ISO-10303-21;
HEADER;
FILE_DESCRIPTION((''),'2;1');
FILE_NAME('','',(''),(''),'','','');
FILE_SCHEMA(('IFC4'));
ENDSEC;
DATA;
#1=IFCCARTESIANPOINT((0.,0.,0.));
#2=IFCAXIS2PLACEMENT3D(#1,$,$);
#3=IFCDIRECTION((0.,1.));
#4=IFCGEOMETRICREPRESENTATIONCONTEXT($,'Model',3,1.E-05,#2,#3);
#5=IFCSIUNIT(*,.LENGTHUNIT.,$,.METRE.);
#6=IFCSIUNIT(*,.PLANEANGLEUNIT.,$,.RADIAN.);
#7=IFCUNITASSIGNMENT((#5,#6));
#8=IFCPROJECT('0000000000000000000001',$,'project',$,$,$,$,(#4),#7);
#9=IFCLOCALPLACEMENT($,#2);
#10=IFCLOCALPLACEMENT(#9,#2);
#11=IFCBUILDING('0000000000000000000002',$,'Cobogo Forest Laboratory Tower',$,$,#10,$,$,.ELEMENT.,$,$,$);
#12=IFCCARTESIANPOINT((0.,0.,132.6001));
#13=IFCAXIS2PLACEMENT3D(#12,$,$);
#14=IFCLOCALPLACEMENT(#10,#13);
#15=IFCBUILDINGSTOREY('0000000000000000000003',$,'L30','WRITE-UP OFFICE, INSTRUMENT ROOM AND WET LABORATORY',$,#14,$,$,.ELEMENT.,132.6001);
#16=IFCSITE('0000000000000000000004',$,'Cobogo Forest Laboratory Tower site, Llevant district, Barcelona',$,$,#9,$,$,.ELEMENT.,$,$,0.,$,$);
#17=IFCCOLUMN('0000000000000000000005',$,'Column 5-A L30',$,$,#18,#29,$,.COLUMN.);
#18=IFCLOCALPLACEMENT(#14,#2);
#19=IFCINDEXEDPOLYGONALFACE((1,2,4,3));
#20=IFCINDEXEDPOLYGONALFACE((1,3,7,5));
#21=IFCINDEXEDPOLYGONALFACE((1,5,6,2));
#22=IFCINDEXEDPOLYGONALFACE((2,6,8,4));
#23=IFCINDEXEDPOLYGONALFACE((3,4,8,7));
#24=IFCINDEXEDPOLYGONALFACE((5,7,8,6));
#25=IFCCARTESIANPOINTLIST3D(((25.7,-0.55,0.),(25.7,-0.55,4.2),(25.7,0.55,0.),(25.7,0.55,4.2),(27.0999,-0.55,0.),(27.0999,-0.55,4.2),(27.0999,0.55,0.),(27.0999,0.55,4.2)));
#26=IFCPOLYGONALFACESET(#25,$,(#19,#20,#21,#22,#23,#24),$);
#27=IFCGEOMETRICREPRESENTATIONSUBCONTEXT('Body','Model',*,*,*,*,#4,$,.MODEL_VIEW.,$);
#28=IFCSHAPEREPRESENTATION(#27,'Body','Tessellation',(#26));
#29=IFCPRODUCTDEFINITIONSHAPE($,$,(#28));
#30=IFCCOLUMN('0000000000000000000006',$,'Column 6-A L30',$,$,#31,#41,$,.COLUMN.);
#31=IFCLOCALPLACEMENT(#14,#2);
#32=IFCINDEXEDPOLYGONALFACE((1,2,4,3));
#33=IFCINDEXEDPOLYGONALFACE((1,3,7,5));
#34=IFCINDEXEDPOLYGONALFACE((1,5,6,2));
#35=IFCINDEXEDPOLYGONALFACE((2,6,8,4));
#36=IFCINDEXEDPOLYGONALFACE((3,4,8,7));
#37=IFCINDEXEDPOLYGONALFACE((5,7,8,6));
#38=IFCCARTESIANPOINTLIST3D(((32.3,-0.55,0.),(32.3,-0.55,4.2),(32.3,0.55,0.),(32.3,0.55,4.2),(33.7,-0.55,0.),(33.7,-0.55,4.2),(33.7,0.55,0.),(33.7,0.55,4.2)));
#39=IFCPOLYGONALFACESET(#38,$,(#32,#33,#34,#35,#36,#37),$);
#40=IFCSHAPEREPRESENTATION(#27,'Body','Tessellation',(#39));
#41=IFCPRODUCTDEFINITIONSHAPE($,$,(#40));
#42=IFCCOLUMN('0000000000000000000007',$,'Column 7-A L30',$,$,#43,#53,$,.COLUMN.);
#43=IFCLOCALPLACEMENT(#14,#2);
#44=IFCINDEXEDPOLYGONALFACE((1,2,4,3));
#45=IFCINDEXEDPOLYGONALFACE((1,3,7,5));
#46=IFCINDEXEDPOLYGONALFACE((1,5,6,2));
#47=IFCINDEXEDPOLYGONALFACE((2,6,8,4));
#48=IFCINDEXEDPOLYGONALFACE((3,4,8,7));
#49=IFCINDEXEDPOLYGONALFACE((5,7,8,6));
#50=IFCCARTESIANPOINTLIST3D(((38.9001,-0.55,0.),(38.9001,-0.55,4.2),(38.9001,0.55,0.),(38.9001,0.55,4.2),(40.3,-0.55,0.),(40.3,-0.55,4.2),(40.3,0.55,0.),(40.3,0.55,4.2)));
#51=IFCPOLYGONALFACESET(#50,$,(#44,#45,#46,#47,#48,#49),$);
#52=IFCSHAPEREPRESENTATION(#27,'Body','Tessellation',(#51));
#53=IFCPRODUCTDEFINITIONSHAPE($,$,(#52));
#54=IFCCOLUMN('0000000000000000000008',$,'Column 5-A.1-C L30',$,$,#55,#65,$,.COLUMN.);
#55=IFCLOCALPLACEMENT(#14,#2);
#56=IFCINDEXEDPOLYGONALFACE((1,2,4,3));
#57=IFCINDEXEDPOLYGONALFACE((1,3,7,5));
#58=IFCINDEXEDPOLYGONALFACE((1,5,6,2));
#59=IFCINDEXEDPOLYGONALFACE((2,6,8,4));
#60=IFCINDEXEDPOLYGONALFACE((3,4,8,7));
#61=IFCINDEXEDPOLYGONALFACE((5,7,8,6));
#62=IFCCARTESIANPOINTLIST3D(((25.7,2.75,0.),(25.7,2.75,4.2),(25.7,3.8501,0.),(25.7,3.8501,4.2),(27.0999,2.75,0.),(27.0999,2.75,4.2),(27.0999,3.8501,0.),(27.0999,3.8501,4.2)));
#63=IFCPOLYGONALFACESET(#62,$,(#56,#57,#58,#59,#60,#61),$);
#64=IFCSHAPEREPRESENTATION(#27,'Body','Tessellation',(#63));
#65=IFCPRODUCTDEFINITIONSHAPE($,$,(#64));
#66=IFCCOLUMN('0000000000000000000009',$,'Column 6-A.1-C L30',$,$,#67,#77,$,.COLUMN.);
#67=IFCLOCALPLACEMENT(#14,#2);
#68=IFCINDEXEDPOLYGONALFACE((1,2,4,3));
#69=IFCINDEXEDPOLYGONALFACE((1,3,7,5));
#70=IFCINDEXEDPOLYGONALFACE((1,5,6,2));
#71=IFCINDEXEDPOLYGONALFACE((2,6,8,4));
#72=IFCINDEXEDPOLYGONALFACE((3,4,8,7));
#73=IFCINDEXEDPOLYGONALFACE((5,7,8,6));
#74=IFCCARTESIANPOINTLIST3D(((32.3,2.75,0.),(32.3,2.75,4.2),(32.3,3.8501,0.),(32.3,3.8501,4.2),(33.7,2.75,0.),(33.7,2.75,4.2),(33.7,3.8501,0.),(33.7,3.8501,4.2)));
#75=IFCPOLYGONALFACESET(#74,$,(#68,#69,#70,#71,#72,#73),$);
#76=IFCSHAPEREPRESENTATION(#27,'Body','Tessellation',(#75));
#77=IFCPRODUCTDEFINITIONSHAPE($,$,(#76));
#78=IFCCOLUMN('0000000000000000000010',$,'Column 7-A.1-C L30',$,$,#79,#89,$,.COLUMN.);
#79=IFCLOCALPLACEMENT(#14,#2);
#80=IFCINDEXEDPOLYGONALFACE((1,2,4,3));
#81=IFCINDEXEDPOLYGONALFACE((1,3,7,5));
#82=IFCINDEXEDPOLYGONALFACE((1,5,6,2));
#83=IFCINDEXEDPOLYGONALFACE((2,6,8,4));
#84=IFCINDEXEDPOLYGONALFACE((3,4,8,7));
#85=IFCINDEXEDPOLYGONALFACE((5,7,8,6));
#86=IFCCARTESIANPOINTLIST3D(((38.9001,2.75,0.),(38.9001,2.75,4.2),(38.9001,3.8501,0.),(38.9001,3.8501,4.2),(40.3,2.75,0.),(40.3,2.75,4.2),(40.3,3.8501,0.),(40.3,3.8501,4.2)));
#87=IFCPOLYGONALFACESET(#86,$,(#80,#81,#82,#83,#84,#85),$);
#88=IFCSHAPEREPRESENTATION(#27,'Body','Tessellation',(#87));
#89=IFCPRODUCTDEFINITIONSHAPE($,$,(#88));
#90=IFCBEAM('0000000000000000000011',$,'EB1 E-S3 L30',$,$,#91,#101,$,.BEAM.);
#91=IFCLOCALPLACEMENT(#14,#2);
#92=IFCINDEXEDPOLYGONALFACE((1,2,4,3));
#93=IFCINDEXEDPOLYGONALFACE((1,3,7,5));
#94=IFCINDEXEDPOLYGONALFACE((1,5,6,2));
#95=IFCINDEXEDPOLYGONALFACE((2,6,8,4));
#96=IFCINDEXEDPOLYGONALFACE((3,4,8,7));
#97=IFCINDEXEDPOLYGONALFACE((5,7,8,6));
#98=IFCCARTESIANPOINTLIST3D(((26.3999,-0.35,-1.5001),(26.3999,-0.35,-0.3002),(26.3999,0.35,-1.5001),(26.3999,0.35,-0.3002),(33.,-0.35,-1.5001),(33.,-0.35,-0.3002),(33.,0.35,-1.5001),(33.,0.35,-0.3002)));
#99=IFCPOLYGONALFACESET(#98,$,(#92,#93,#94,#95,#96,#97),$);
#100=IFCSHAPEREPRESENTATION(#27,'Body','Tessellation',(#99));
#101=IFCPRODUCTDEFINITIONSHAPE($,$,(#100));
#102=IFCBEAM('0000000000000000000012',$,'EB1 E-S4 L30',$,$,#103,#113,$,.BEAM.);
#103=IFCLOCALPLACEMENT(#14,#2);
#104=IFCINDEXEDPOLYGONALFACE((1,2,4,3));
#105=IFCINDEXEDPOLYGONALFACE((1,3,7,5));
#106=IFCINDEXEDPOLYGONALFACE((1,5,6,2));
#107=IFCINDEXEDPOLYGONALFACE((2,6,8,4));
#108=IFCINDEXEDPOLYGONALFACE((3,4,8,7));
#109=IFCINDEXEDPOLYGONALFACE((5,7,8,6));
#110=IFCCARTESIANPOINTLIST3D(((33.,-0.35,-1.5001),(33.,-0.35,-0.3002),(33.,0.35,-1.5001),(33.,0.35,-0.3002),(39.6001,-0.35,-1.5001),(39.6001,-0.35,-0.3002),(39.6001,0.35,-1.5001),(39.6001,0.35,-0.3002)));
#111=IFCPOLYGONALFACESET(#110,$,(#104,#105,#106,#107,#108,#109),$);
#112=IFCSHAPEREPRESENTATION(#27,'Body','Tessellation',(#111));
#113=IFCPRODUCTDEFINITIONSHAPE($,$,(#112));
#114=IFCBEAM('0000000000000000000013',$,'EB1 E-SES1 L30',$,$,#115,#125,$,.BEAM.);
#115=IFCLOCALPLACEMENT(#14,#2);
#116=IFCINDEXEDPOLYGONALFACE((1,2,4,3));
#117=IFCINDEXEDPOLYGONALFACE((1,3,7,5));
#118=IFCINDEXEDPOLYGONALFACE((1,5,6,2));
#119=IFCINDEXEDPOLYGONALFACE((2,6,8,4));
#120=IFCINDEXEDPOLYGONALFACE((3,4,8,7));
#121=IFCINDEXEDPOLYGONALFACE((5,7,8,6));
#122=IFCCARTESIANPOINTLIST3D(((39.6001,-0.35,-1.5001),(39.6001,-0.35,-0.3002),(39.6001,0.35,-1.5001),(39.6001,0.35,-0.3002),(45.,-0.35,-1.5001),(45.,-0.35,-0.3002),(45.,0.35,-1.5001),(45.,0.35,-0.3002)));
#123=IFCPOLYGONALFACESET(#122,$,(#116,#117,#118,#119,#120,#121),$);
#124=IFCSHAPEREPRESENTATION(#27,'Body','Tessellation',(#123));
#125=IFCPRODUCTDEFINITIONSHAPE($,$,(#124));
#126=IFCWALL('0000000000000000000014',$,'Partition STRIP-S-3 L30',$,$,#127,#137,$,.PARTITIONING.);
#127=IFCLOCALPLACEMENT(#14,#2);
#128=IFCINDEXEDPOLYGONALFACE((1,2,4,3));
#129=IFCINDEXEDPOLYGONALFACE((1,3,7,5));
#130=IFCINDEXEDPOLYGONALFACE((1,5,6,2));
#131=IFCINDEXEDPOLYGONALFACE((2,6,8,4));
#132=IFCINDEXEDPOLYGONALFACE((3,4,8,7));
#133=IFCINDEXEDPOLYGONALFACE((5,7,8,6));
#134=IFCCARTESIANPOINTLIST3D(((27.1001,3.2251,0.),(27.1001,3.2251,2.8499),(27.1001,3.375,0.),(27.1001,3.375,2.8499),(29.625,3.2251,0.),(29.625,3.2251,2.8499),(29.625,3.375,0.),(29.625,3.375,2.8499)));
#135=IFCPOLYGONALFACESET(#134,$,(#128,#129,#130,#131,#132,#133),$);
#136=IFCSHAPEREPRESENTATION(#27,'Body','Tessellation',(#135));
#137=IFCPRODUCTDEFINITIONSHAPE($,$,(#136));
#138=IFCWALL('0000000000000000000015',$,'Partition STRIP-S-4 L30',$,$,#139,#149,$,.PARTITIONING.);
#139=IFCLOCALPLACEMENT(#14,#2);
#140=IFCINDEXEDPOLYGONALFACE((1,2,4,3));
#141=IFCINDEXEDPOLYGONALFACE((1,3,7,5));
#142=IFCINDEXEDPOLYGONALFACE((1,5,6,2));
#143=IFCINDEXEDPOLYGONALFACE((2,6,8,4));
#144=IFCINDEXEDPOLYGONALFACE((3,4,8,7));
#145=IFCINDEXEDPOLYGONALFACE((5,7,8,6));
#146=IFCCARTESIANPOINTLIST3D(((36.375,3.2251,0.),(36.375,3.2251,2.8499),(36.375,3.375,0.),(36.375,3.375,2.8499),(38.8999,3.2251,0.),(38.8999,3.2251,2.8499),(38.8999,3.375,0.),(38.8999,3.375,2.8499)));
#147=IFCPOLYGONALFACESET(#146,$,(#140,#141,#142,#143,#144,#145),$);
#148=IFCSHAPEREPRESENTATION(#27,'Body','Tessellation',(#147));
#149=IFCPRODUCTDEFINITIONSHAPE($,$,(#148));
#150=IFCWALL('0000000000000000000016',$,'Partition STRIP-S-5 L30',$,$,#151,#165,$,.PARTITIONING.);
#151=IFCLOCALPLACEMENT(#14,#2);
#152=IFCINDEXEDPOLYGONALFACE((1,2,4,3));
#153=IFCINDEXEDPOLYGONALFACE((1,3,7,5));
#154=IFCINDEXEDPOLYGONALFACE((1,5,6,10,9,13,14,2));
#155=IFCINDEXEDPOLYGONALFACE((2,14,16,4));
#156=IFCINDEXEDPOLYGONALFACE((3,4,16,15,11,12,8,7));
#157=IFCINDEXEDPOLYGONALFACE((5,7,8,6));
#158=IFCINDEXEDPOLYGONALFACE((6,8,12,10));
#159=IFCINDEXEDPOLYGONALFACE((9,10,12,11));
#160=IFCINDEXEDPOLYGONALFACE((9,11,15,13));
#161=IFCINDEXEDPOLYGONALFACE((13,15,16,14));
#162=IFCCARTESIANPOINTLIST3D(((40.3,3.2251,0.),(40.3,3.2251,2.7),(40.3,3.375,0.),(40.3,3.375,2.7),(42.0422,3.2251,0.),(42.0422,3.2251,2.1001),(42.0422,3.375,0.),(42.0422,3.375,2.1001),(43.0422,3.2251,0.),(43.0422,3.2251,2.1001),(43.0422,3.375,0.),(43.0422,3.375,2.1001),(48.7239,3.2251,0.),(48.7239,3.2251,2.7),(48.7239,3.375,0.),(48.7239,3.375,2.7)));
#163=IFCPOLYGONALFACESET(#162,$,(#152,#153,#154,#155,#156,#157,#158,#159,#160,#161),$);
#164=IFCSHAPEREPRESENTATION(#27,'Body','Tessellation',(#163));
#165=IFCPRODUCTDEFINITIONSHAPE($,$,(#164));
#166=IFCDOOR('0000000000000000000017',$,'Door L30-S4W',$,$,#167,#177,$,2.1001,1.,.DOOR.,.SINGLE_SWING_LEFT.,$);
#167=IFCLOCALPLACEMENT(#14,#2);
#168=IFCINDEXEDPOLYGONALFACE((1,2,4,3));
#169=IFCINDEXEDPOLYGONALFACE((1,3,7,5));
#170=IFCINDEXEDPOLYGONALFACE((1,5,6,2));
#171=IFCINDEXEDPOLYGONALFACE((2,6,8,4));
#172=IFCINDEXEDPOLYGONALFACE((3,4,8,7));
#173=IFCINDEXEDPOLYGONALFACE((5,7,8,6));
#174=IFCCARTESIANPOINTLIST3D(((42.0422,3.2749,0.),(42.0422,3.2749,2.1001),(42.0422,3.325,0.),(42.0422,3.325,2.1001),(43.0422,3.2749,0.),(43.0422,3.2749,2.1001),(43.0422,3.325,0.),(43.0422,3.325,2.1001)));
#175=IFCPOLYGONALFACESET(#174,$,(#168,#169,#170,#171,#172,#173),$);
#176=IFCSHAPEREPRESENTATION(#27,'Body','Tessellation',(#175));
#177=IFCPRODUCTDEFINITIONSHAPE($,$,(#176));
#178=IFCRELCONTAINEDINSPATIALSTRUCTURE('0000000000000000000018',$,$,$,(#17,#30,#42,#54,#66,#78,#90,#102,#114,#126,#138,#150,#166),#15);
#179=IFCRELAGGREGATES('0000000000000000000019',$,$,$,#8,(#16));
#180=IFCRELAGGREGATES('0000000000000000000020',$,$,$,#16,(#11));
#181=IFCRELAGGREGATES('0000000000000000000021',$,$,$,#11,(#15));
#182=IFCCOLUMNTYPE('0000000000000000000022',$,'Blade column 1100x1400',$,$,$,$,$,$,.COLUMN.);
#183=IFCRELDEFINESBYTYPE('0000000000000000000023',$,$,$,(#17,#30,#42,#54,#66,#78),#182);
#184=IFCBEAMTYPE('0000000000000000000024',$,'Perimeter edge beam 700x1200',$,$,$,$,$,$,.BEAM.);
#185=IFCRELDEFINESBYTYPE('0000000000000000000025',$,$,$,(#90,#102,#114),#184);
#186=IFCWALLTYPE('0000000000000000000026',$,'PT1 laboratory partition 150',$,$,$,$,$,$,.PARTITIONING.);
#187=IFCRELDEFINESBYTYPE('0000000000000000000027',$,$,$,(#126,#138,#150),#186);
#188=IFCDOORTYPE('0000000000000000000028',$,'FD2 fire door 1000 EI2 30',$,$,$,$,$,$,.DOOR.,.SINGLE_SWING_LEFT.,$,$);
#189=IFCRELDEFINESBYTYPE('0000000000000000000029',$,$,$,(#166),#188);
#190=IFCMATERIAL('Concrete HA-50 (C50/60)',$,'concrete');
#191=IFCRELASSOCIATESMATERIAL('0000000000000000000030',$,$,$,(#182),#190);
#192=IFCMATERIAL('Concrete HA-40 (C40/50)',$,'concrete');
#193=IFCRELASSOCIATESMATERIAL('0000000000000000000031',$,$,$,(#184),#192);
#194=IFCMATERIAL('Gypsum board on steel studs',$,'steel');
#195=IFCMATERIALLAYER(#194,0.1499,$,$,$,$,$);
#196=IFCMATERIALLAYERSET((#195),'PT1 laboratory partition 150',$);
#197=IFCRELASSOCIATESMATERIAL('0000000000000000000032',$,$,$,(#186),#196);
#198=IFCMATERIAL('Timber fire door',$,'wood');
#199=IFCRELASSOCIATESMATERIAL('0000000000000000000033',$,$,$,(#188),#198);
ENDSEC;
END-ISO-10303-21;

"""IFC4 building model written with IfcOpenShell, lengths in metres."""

from ifc_helpers import new_model, si_unit, direction, frame, frame_2d, origin, origin_2d, place, context, subcontext, project, spatial, rectangle, extrude, material, layer, layer_set, material_profile, profile_set, type_object, element, fill, save


model = new_model("IFC4")

# Units and contexts
model_context = context("Model", 3, precision=1e-05, world=origin(), true_north=direction((0.0, 1.0)))
body_context = subcontext(model_context, "Body", "Model", "MODEL_VIEW")
ifc_project = project(units=[si_unit("LENGTHUNIT", "METRE"), si_unit("PLANEANGLEUNIT", "RADIAN")], contexts=[model_context])

# Site, building, storey
site_placement = place(None, origin())
site = spatial("IfcSite", under=ifc_project, at=site_placement, Name="Cobogo Forest Laboratory Tower site, Llevant district, Barcelona", CompositionType="ELEMENT", RefElevation=0.0)
building_placement = place(site_placement, origin())
building = spatial("IfcBuilding", under=site, at=building_placement, Name="Cobogo Forest Laboratory Tower", CompositionType="ELEMENT")
storey_placement = place(building_placement, frame((0.0, 0.0, 132.6001)))
storey = spatial("IfcBuildingStorey", under=building, at=storey_placement, Name="L30", Description="WRITE-UP OFFICE, INSTRUMENT ROOM AND WET LABORATORY", CompositionType="ELEMENT", Elevation=132.6001)

# Columns
ifc_material_1 = material(Name="Concrete HA-50 (C50/60)", Category="concrete")
ifc_material_profile_1 = material_profile(ifc_material_1, rectangle(XDim=1.3999, YDim=1.1001, at=origin_2d()), Name="RC 1100x1400")
ifc_profile_set_1 = profile_set([ifc_material_profile_1], Name="Concrete HA-50 (C50/60)")
column_type = type_object("IfcColumnType", Name="Blade column 1100x1400", PredefinedType="COLUMN", material=ifc_profile_set_1)
for number, where, z_axis, x_axis, name in (
    (1, (26.3999, 0.0, 0.0), (0.0, 0.0, 1.0), (1.0, 0.0, 0.0), "Column 5-A L30"),
    (2, (33.0, 0.0, 0.0), (0.0, 0.0, 1.0), (1.0, 0.0, 0.0), "Column 6-A L30"),
    (3, (39.6001, 0.0, 0.0), (0.0, 0.0, 1.0), (1.0, 0.0, 0.0), "Column 7-A L30"),
    (4, (26.3999, 3.3, 0.0), (0.0, 0.0, 1.0), (1.0, 0.0, 0.0), "Column 5-A.1-C L30"),
    (5, (33.0, 3.3, 0.0), (0.0, 0.0, 1.0), (1.0, 0.0, 0.0), "Column 6-A.1-C L30"),
    (6, (39.6001, 3.3, 0.0), (0.0, 0.0, 1.0), (1.0, 0.0, 0.0), "Column 7-A.1-C L30"),
):
    element("IfcColumn", number, at=place(storey_placement, frame(where, z_axis=z_axis, x_axis=x_axis)), inside=storey, type_object=column_type, Name=name, PredefinedType="COLUMN", context=body_context, shape_type="SweptSolid", body=[
        extrude(rectangle(XDim=1.3999, YDim=1.1001, at=origin_2d()), origin(), (0.0, 0.0, 1.0), 4.2),
    ])

# Beams
ifc_material_2 = material(Name="Concrete HA-40 (C40/50)", Category="concrete")
ifc_material_profile_2 = material_profile(ifc_material_2, rectangle(XDim=0.7, YDim=1.2, at=origin_2d()), Name="RC 700x1200")
ifc_profile_set_2 = profile_set([ifc_material_profile_2], Name="Concrete HA-40 (C40/50)")
beam_type = type_object("IfcBeamType", Name="Perimeter edge beam 700x1200", PredefinedType="BEAM", material=ifc_profile_set_2)
for number, where, z_axis, x_axis, name in (
    (7, (26.3999, 0.0, -0.9001), (1.0, 0.0, 0.0), (0.0, 1.0, 0.0), "EB1 E-S3 L30"),
    (8, (33.0, 0.0, -0.9001), (1.0, 0.0, 0.0), (0.0, 1.0, 0.0), "EB1 E-S4 L30"),
):
    element("IfcBeam", number, at=place(storey_placement, frame(where, z_axis=z_axis, x_axis=x_axis)), inside=storey, type_object=beam_type, Name=name, PredefinedType="BEAM", context=body_context, shape_type="SweptSolid", body=[
        extrude(rectangle(XDim=0.7, YDim=1.2, at=origin_2d()), origin(), (0.0, 0.0, 1.0), 6.6001),
    ])
beam_placement = place(storey_placement, frame((39.6001, 0.0, -0.9001), z_axis=(1.0, 0.0, 0.0), x_axis=(0.0, 1.0, 0.0)))
element("IfcBeam", 9, at=beam_placement, inside=storey, type_object=beam_type, Name="EB1 E-SES1 L30", PredefinedType="BEAM", context=body_context, shape_type="SweptSolid", body=[
    extrude(rectangle(XDim=0.7, YDim=1.2, at=origin_2d()), origin(), (0.0, 0.0, 1.0), 5.3999),
])

# Walls
ifc_material_3 = material(Name="Gypsum board on steel studs", Category="steel")
ifc_layer = layer(ifc_material_3, 0.1499)
ifc_layer_set = layer_set([ifc_layer], Name="PT1 laboratory partition 150")
wall_type = type_object("IfcWallType", Name="PT1 laboratory partition 150", PredefinedType="PARTITIONING", material=ifc_layer_set)
for number, where, z_axis, x_axis, name in (
    (10, (27.1001, 3.3, 0.0), (0.0, 0.0, 1.0), (1.0, 0.0, 0.0), "Partition STRIP-S-3 L30"),
    (11, (36.375, 3.3, 0.0), (0.0, 0.0, 1.0), (1.0, 0.0, 0.0), "Partition STRIP-S-4 L30"),
):
    element("IfcWall", number, at=place(storey_placement, frame(where, z_axis=z_axis, x_axis=x_axis)), inside=storey, type_object=wall_type, Name=name, PredefinedType="PARTITIONING", context=body_context, shape_type="SweptSolid", body=[
        extrude(rectangle(XDim=2.5249, YDim=0.1499, at=frame_2d((1.2625, 0.0))), origin(), (0.0, 0.0, 1.0), 2.8499),
    ])

# Wall, opening, door
wall_1_placement = place(storey_placement, frame((40.3, 3.3, 0.0), z_axis=(0.0, 0.0, 1.0), x_axis=(1.0, 0.0, 0.0)))
wall_1 = element("IfcWall", 12, at=wall_1_placement, inside=storey, type_object=wall_type, Name="Partition STRIP-S-5 L30", PredefinedType="PARTITIONING", context=body_context, shape_type="SweptSolid", body=[
    extrude(rectangle(XDim=8.4238, YDim=0.1499, at=frame_2d((4.2119, 0.0))), origin(), (0.0, 0.0, 1.0), 2.7),
])
opening_1_placement = place(wall_1_placement, frame((1.7422, 0.0, 0.0)))
opening_1 = element("IfcOpeningElement", 13, at=opening_1_placement, cuts=wall_1, PredefinedType="OPENING", context=body_context, shape_type="SweptSolid", body=[
    extrude(rectangle(XDim=1.0, YDim=2.1001, at=frame_2d((0.5, 1.05))), frame((0.0, 0.085, 0.0), z_axis=(0.0, -1.0, 0.0), x_axis=(1.0, 0.0, 0.0)), (0.0, 0.0, 1.0), 0.1699),
])
ifc_material_4 = material(Name="Timber fire door", Category="wood")
door_type_1 = type_object("IfcDoorType", Name="FD2 fire door 1000 EI2 30", OperationType="SINGLE_SWING_LEFT", PredefinedType="DOOR", material=ifc_material_4)
door_1_placement = place(opening_1_placement, origin())
door_1 = element("IfcDoor", 14, at=door_1_placement, inside=storey, type_object=door_type_1, Name="Door L30-S4W", OperationType="SINGLE_SWING_LEFT", OverallHeight=2.1001, OverallWidth=1.0, PredefinedType="DOOR", context=body_context, shape_type="SweptSolid", body=[
    extrude(rectangle(XDim=1.0, YDim=2.1001, at=frame_2d((0.5, 1.05))), frame((0.0, 0.0249, 0.0), z_axis=(0.0, -1.0, 0.0), x_axis=(1.0, 0.0, 0.0)), (0.0, 0.0, 1.0), 0.05),
])
fill(opening_1, door_1)

save(model, "model.ifc")
